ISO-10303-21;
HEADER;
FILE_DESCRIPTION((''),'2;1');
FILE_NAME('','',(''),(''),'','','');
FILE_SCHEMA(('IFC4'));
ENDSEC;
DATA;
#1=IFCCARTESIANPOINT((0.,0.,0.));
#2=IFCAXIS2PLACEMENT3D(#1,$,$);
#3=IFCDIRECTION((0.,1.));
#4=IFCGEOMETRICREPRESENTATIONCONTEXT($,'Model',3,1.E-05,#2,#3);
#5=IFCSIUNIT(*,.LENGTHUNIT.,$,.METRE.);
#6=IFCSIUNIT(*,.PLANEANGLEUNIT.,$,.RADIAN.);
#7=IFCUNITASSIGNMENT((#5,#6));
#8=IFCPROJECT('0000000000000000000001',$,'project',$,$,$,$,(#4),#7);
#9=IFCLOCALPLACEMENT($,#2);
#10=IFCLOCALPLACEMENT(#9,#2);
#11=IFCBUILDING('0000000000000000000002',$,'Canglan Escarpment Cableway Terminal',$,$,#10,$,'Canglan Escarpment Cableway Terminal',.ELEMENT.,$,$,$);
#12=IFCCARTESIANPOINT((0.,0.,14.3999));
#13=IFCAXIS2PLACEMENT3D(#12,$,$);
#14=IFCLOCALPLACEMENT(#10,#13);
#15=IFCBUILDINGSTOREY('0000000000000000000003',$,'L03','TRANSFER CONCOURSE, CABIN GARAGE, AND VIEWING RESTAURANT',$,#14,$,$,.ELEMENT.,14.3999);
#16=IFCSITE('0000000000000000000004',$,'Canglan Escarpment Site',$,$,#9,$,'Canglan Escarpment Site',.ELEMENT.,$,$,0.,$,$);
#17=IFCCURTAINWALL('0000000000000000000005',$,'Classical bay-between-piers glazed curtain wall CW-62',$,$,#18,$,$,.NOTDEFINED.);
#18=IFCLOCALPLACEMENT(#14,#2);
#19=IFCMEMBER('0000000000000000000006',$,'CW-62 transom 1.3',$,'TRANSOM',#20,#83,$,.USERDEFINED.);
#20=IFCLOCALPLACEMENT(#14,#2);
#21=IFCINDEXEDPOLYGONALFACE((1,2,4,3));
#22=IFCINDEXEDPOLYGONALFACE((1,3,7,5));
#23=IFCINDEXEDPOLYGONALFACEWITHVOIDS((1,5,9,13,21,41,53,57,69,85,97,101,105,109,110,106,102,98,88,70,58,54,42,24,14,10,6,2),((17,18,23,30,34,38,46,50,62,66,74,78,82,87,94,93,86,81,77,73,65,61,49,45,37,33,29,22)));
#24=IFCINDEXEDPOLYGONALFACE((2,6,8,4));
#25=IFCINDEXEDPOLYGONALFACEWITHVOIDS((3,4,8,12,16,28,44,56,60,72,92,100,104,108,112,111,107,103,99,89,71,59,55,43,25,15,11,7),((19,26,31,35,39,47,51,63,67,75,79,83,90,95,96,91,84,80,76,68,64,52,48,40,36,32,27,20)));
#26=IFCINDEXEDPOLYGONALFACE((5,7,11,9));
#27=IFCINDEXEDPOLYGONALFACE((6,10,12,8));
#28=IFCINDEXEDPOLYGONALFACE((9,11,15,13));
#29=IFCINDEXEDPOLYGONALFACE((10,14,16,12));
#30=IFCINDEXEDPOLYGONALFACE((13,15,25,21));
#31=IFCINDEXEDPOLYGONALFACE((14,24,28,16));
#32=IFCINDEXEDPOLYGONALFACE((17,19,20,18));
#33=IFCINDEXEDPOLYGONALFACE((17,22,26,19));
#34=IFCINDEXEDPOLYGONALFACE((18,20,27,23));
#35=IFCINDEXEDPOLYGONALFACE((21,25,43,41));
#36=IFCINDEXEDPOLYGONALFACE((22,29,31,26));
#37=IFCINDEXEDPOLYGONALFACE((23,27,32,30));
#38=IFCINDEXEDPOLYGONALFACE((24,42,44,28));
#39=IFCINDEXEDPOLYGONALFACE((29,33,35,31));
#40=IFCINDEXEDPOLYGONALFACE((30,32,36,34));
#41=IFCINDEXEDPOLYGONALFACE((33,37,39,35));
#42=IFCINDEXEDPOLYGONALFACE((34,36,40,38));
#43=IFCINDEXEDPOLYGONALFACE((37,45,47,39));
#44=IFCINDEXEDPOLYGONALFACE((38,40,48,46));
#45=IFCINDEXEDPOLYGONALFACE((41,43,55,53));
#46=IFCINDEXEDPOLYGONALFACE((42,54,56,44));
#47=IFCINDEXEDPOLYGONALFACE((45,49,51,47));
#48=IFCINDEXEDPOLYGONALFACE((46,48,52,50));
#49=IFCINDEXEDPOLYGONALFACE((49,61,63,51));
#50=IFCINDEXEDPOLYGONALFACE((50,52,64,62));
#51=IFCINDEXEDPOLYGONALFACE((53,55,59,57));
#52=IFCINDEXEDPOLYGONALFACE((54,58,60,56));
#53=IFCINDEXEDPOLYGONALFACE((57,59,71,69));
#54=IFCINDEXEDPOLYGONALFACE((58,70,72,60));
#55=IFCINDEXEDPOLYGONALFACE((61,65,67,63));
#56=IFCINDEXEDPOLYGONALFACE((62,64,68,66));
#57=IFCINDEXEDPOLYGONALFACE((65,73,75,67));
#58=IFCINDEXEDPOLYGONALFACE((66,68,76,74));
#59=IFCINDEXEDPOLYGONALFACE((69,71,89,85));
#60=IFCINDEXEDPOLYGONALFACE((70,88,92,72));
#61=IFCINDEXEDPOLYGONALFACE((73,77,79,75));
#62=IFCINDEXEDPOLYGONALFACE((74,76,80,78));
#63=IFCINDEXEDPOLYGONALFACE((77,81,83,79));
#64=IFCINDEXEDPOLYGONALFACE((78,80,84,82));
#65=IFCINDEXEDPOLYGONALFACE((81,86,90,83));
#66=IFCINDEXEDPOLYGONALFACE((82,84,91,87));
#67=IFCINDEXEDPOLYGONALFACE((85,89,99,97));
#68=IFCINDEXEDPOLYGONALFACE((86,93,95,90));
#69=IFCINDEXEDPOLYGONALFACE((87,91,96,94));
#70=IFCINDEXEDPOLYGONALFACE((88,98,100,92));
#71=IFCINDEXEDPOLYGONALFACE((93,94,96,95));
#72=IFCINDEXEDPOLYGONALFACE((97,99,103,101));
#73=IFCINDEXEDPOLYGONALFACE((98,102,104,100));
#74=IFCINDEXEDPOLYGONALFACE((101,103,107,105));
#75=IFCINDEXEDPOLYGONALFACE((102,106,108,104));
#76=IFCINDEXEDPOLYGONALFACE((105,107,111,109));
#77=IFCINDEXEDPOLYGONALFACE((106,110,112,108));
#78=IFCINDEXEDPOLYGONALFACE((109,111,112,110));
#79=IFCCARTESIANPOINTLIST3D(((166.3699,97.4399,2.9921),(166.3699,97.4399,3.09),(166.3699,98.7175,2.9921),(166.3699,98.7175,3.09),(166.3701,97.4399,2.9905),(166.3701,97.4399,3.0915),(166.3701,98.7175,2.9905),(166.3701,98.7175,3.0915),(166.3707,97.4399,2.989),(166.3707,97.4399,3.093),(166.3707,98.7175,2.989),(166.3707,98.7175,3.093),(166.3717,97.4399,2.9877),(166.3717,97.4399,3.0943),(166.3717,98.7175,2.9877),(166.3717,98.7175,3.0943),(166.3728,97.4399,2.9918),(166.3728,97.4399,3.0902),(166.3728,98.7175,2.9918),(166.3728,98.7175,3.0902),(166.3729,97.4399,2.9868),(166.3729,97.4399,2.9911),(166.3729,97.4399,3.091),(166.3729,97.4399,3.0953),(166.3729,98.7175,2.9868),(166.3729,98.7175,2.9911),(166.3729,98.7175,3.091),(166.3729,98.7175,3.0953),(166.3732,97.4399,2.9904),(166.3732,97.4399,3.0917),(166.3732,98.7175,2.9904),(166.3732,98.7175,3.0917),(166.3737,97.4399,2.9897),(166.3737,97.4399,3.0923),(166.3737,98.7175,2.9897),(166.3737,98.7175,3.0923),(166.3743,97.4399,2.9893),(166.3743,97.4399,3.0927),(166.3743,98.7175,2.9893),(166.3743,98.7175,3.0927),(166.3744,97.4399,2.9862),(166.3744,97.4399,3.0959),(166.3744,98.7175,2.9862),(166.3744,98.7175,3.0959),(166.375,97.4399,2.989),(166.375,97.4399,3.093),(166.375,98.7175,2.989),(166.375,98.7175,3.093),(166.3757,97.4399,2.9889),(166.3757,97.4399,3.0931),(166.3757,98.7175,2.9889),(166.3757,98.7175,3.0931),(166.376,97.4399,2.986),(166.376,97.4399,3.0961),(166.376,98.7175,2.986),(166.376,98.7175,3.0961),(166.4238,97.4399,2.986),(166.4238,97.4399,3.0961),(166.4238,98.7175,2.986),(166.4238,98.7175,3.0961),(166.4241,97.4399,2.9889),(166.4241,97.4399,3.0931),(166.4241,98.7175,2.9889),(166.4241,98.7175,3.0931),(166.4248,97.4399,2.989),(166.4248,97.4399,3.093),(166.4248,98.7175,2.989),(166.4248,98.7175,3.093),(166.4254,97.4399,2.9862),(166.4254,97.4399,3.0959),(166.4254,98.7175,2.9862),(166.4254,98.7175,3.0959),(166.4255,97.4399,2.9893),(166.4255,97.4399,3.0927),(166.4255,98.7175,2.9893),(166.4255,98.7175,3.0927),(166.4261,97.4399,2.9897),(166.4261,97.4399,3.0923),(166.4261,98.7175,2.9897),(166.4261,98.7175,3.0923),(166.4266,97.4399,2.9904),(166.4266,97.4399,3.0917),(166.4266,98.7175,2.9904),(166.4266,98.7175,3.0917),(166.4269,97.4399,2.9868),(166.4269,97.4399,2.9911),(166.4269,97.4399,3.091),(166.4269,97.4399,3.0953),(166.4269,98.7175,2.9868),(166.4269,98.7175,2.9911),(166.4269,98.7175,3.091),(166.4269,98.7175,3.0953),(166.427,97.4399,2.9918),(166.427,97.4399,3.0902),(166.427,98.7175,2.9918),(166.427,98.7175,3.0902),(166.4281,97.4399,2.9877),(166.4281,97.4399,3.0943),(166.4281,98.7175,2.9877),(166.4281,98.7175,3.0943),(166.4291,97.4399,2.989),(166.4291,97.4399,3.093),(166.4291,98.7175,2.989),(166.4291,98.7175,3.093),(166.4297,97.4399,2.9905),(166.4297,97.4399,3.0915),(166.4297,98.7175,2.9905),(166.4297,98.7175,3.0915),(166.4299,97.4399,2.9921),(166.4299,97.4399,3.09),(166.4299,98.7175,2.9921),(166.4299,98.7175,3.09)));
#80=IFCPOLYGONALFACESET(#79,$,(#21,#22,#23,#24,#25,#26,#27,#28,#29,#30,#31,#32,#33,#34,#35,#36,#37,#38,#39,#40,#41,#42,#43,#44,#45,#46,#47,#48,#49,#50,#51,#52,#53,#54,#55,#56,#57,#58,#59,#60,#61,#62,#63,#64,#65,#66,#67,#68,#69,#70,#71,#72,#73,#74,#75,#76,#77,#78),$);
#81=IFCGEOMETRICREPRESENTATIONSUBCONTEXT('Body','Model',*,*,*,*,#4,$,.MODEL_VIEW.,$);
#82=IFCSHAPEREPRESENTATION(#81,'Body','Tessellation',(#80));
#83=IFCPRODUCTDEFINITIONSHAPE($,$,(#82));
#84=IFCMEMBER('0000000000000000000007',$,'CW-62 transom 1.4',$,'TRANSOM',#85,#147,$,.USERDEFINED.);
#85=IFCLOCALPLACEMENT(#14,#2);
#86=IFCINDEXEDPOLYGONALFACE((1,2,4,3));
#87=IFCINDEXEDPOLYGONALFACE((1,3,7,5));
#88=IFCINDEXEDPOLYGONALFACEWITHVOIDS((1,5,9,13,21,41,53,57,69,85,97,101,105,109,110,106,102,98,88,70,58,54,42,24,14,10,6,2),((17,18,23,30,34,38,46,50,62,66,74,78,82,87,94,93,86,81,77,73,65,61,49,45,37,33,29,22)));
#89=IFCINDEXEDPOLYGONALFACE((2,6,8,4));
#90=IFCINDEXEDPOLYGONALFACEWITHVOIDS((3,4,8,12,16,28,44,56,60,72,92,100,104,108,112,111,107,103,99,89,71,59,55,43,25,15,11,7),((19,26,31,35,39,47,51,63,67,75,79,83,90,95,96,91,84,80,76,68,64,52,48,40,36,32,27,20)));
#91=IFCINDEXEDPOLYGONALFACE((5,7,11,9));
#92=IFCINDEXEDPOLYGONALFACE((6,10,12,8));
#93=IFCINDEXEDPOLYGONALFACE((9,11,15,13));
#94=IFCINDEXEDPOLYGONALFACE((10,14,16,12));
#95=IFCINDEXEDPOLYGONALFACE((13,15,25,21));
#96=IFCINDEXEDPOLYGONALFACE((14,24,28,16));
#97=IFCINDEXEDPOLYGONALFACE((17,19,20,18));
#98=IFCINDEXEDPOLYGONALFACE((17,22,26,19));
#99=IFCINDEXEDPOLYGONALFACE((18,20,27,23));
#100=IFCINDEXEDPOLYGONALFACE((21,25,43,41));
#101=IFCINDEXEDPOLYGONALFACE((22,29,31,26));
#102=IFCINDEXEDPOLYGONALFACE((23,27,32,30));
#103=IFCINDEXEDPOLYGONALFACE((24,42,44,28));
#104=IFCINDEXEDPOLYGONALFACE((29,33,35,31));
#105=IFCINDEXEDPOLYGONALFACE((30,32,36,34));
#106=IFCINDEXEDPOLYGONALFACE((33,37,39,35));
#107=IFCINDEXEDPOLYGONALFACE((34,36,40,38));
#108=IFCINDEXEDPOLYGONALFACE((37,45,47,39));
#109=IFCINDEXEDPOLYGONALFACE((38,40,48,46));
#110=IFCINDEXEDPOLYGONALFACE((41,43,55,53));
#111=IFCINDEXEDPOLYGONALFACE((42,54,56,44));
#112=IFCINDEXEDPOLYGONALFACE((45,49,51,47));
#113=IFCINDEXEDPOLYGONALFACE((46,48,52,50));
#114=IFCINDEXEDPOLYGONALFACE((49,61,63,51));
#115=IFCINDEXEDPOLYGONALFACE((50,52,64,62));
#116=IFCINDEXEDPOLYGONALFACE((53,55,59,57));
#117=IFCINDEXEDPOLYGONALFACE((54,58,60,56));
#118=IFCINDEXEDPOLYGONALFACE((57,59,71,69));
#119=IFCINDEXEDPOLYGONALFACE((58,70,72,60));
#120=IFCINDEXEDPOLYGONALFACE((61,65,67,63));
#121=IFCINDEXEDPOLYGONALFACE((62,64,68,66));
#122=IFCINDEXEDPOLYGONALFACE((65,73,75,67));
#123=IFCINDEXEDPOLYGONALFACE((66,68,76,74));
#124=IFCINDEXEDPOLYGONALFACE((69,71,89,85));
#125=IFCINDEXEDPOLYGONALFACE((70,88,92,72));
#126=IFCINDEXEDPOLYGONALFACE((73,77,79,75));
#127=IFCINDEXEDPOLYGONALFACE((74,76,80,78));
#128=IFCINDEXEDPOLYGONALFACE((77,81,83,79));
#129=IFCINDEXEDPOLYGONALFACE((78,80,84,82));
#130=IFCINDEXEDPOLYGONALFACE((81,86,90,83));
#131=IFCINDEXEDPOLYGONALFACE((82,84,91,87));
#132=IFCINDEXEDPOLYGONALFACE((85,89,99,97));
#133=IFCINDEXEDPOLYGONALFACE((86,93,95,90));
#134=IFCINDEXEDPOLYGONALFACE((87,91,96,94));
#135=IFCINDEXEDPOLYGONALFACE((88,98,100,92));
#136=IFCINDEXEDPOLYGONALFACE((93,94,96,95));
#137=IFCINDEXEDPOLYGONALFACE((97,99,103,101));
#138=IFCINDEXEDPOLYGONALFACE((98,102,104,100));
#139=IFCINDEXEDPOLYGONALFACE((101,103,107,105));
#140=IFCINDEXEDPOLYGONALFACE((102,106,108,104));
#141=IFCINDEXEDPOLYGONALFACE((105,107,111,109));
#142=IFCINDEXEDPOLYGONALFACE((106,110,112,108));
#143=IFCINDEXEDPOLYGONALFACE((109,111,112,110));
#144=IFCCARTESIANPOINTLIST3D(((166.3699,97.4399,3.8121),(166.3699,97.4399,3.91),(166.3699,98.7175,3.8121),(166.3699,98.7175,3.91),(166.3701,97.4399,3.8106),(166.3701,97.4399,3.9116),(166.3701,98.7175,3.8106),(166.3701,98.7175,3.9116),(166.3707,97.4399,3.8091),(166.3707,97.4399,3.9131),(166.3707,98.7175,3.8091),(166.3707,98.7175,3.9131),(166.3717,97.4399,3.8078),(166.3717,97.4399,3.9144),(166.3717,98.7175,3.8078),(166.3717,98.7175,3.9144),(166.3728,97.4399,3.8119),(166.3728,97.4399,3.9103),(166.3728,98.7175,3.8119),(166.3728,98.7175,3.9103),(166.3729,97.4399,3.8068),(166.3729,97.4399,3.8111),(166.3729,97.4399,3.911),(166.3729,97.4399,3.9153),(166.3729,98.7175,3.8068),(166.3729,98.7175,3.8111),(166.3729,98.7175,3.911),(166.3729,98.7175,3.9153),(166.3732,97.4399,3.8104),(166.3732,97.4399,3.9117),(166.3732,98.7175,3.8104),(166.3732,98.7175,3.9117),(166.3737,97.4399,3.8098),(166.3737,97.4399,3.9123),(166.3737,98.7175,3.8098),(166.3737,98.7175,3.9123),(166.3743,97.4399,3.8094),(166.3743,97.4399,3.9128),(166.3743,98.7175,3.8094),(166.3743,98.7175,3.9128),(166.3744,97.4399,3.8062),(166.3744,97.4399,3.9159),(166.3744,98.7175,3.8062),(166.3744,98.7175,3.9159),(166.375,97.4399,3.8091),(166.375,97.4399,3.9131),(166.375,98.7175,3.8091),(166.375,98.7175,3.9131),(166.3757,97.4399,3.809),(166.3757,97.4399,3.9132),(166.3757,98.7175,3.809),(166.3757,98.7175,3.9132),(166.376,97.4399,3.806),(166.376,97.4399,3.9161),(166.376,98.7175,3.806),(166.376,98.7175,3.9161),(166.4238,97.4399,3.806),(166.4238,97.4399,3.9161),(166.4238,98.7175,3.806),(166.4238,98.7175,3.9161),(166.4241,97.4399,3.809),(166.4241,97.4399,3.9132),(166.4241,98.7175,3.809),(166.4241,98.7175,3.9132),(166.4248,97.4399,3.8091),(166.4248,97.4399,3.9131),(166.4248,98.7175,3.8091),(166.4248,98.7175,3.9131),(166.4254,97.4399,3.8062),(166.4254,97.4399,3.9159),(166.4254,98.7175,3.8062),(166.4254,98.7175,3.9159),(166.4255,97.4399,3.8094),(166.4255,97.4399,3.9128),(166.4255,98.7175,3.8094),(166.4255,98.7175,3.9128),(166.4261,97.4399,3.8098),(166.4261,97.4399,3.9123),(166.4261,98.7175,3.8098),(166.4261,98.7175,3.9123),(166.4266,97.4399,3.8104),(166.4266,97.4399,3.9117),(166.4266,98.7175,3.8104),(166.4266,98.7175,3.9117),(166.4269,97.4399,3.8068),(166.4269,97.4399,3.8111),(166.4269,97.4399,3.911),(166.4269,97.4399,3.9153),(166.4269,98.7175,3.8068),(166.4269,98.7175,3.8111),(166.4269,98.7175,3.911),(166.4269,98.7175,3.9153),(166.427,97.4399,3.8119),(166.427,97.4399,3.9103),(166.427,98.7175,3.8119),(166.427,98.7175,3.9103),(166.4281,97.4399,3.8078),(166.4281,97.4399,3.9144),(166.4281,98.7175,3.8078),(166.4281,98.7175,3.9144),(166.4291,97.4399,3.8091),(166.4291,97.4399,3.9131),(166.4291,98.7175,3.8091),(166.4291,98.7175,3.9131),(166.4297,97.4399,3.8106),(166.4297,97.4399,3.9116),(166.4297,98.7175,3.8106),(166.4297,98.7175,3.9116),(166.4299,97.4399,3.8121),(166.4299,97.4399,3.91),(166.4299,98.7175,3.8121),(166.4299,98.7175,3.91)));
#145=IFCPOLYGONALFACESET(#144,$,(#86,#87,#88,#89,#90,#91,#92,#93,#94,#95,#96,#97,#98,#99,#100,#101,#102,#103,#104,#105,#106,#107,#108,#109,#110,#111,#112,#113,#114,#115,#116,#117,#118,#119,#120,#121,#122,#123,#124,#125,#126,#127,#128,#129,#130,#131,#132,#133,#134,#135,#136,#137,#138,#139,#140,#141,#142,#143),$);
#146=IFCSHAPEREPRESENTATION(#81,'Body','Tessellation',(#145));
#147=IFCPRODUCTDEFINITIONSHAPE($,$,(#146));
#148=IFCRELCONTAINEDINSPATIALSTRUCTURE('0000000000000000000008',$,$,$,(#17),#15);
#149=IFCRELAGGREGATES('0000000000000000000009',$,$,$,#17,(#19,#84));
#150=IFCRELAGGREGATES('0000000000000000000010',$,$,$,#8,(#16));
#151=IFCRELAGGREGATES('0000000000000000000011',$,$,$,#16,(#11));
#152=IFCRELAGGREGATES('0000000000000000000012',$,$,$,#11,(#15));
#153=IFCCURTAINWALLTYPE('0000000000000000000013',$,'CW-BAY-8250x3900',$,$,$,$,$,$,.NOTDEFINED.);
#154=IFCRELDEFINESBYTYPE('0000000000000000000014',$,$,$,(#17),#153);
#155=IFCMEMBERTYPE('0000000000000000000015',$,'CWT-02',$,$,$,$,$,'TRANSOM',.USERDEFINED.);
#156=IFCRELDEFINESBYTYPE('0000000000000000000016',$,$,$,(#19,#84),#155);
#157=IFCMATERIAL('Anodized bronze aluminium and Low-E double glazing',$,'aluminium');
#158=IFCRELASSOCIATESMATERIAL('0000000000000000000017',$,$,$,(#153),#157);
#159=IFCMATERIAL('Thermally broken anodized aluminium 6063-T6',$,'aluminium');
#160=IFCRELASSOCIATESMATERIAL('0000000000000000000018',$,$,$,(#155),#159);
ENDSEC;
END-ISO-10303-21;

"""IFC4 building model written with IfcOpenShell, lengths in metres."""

from ifc_helpers import new_model, si_unit, direction, frame, origin, origin_2d, place, context, subcontext, project, spatial, hollow_rectangle, extrude, material, material_profile, profile_set, type_object, element, aggregate, save


model = new_model("IFC4")

# Units and contexts
model_context = context("Model", 3, precision=1e-05, world=origin(), true_north=direction((0.0, 1.0)))
body_context = subcontext(model_context, "Body", "Model", "MODEL_VIEW")
ifc_project = project(units=[si_unit("LENGTHUNIT", "METRE"), si_unit("PLANEANGLEUNIT", "RADIAN")], contexts=[model_context])

# Site, building, storey
site_placement = place(None, origin())
site = spatial("IfcSite", under=ifc_project, at=site_placement, Name="Canglan Escarpment Site", LongName="Canglan Escarpment Site", CompositionType="ELEMENT", RefElevation=0.0)
building_placement = place(site_placement, origin())
building = spatial("IfcBuilding", under=site, at=building_placement, Name="Canglan Escarpment Cableway Terminal", LongName="Canglan Escarpment Cableway Terminal", CompositionType="ELEMENT")
storey_placement = place(building_placement, frame((0.0, 0.0, 14.3999)))
storey = spatial("IfcBuildingStorey", under=building, at=storey_placement, Name="L03", Description="TRANSFER CONCOURSE, CABIN GARAGE, AND VIEWING RESTAURANT", CompositionType="ELEMENT", Elevation=14.3999)

# Curtain wall, members
ifc_material_1 = material(Name="Anodized bronze aluminium and Low-E double glazing", Category="aluminium")
curtain_wall_type = type_object("IfcCurtainWallType", Name="CW-BAY-8250x3900", PredefinedType="NOTDEFINED", material=ifc_material_1)
curtain_wall_placement = place(storey_placement, origin())
curtain_wall = element("IfcCurtainWall", 1, at=curtain_wall_placement, inside=storey, type_object=curtain_wall_type, Name="Classical bay-between-piers glazed curtain wall CW-62", PredefinedType="NOTDEFINED")
ifc_material_2 = material(Name="Thermally broken anodized aluminium 6063-T6", Category="aluminium")
ifc_material_profile_1 = material_profile(ifc_material_2, hollow_rectangle(XDim=0.0601, YDim=0.1101, WallThickness=0.0029, InnerFilletRadius=0.0029, OuterFilletRadius=0.0061, at=origin_2d()), Name="ALU-TRAN 60x110x3")
ifc_profile_set_1 = profile_set([ifc_material_profile_1], Name="Thermally broken anodized aluminium 6063-T6")
member_type_1 = type_object("IfcMemberType", Name="CWT-02", ElementType="TRANSOM", PredefinedType="USERDEFINED", material=ifc_profile_set_1)
member_1_placement = place(storey_placement, frame((166.3999, 97.4399, 3.041), z_axis=(0.0, 1.0, 0.0), x_axis=(-1.0, 0.0, 0.0)))
member_1 = element("IfcMember", 2, at=member_1_placement, type_object=member_type_1, Name="CW-62 transom 1.3", ObjectType="TRANSOM", PredefinedType="USERDEFINED", context=body_context, shape_type="SweptSolid", body=[
    extrude(hollow_rectangle(XDim=0.0601, YDim=0.1101, WallThickness=0.0029, InnerFilletRadius=0.0029, OuterFilletRadius=0.0061, at=origin_2d()), origin(), (0.0, 0.0, 1.0), 1.2776),
])
member_2_placement = place(storey_placement, frame((166.3999, 97.4399, 3.8611), z_axis=(0.0, 1.0, 0.0), x_axis=(-1.0, 0.0, 0.0)))
member_2 = element("IfcMember", 3, at=member_2_placement, type_object=member_type_1, Name="CW-62 transom 1.4", ObjectType="TRANSOM", PredefinedType="USERDEFINED", context=body_context, shape_type="SweptSolid", body=[
    extrude(hollow_rectangle(XDim=0.0601, YDim=0.1101, WallThickness=0.0029, InnerFilletRadius=0.0029, OuterFilletRadius=0.0061, at=origin_2d()), origin(), (0.0, 0.0, 1.0), 1.2776),
])
aggregate(curtain_wall, [member_1, member_2])

save(model, "model.ifc")
